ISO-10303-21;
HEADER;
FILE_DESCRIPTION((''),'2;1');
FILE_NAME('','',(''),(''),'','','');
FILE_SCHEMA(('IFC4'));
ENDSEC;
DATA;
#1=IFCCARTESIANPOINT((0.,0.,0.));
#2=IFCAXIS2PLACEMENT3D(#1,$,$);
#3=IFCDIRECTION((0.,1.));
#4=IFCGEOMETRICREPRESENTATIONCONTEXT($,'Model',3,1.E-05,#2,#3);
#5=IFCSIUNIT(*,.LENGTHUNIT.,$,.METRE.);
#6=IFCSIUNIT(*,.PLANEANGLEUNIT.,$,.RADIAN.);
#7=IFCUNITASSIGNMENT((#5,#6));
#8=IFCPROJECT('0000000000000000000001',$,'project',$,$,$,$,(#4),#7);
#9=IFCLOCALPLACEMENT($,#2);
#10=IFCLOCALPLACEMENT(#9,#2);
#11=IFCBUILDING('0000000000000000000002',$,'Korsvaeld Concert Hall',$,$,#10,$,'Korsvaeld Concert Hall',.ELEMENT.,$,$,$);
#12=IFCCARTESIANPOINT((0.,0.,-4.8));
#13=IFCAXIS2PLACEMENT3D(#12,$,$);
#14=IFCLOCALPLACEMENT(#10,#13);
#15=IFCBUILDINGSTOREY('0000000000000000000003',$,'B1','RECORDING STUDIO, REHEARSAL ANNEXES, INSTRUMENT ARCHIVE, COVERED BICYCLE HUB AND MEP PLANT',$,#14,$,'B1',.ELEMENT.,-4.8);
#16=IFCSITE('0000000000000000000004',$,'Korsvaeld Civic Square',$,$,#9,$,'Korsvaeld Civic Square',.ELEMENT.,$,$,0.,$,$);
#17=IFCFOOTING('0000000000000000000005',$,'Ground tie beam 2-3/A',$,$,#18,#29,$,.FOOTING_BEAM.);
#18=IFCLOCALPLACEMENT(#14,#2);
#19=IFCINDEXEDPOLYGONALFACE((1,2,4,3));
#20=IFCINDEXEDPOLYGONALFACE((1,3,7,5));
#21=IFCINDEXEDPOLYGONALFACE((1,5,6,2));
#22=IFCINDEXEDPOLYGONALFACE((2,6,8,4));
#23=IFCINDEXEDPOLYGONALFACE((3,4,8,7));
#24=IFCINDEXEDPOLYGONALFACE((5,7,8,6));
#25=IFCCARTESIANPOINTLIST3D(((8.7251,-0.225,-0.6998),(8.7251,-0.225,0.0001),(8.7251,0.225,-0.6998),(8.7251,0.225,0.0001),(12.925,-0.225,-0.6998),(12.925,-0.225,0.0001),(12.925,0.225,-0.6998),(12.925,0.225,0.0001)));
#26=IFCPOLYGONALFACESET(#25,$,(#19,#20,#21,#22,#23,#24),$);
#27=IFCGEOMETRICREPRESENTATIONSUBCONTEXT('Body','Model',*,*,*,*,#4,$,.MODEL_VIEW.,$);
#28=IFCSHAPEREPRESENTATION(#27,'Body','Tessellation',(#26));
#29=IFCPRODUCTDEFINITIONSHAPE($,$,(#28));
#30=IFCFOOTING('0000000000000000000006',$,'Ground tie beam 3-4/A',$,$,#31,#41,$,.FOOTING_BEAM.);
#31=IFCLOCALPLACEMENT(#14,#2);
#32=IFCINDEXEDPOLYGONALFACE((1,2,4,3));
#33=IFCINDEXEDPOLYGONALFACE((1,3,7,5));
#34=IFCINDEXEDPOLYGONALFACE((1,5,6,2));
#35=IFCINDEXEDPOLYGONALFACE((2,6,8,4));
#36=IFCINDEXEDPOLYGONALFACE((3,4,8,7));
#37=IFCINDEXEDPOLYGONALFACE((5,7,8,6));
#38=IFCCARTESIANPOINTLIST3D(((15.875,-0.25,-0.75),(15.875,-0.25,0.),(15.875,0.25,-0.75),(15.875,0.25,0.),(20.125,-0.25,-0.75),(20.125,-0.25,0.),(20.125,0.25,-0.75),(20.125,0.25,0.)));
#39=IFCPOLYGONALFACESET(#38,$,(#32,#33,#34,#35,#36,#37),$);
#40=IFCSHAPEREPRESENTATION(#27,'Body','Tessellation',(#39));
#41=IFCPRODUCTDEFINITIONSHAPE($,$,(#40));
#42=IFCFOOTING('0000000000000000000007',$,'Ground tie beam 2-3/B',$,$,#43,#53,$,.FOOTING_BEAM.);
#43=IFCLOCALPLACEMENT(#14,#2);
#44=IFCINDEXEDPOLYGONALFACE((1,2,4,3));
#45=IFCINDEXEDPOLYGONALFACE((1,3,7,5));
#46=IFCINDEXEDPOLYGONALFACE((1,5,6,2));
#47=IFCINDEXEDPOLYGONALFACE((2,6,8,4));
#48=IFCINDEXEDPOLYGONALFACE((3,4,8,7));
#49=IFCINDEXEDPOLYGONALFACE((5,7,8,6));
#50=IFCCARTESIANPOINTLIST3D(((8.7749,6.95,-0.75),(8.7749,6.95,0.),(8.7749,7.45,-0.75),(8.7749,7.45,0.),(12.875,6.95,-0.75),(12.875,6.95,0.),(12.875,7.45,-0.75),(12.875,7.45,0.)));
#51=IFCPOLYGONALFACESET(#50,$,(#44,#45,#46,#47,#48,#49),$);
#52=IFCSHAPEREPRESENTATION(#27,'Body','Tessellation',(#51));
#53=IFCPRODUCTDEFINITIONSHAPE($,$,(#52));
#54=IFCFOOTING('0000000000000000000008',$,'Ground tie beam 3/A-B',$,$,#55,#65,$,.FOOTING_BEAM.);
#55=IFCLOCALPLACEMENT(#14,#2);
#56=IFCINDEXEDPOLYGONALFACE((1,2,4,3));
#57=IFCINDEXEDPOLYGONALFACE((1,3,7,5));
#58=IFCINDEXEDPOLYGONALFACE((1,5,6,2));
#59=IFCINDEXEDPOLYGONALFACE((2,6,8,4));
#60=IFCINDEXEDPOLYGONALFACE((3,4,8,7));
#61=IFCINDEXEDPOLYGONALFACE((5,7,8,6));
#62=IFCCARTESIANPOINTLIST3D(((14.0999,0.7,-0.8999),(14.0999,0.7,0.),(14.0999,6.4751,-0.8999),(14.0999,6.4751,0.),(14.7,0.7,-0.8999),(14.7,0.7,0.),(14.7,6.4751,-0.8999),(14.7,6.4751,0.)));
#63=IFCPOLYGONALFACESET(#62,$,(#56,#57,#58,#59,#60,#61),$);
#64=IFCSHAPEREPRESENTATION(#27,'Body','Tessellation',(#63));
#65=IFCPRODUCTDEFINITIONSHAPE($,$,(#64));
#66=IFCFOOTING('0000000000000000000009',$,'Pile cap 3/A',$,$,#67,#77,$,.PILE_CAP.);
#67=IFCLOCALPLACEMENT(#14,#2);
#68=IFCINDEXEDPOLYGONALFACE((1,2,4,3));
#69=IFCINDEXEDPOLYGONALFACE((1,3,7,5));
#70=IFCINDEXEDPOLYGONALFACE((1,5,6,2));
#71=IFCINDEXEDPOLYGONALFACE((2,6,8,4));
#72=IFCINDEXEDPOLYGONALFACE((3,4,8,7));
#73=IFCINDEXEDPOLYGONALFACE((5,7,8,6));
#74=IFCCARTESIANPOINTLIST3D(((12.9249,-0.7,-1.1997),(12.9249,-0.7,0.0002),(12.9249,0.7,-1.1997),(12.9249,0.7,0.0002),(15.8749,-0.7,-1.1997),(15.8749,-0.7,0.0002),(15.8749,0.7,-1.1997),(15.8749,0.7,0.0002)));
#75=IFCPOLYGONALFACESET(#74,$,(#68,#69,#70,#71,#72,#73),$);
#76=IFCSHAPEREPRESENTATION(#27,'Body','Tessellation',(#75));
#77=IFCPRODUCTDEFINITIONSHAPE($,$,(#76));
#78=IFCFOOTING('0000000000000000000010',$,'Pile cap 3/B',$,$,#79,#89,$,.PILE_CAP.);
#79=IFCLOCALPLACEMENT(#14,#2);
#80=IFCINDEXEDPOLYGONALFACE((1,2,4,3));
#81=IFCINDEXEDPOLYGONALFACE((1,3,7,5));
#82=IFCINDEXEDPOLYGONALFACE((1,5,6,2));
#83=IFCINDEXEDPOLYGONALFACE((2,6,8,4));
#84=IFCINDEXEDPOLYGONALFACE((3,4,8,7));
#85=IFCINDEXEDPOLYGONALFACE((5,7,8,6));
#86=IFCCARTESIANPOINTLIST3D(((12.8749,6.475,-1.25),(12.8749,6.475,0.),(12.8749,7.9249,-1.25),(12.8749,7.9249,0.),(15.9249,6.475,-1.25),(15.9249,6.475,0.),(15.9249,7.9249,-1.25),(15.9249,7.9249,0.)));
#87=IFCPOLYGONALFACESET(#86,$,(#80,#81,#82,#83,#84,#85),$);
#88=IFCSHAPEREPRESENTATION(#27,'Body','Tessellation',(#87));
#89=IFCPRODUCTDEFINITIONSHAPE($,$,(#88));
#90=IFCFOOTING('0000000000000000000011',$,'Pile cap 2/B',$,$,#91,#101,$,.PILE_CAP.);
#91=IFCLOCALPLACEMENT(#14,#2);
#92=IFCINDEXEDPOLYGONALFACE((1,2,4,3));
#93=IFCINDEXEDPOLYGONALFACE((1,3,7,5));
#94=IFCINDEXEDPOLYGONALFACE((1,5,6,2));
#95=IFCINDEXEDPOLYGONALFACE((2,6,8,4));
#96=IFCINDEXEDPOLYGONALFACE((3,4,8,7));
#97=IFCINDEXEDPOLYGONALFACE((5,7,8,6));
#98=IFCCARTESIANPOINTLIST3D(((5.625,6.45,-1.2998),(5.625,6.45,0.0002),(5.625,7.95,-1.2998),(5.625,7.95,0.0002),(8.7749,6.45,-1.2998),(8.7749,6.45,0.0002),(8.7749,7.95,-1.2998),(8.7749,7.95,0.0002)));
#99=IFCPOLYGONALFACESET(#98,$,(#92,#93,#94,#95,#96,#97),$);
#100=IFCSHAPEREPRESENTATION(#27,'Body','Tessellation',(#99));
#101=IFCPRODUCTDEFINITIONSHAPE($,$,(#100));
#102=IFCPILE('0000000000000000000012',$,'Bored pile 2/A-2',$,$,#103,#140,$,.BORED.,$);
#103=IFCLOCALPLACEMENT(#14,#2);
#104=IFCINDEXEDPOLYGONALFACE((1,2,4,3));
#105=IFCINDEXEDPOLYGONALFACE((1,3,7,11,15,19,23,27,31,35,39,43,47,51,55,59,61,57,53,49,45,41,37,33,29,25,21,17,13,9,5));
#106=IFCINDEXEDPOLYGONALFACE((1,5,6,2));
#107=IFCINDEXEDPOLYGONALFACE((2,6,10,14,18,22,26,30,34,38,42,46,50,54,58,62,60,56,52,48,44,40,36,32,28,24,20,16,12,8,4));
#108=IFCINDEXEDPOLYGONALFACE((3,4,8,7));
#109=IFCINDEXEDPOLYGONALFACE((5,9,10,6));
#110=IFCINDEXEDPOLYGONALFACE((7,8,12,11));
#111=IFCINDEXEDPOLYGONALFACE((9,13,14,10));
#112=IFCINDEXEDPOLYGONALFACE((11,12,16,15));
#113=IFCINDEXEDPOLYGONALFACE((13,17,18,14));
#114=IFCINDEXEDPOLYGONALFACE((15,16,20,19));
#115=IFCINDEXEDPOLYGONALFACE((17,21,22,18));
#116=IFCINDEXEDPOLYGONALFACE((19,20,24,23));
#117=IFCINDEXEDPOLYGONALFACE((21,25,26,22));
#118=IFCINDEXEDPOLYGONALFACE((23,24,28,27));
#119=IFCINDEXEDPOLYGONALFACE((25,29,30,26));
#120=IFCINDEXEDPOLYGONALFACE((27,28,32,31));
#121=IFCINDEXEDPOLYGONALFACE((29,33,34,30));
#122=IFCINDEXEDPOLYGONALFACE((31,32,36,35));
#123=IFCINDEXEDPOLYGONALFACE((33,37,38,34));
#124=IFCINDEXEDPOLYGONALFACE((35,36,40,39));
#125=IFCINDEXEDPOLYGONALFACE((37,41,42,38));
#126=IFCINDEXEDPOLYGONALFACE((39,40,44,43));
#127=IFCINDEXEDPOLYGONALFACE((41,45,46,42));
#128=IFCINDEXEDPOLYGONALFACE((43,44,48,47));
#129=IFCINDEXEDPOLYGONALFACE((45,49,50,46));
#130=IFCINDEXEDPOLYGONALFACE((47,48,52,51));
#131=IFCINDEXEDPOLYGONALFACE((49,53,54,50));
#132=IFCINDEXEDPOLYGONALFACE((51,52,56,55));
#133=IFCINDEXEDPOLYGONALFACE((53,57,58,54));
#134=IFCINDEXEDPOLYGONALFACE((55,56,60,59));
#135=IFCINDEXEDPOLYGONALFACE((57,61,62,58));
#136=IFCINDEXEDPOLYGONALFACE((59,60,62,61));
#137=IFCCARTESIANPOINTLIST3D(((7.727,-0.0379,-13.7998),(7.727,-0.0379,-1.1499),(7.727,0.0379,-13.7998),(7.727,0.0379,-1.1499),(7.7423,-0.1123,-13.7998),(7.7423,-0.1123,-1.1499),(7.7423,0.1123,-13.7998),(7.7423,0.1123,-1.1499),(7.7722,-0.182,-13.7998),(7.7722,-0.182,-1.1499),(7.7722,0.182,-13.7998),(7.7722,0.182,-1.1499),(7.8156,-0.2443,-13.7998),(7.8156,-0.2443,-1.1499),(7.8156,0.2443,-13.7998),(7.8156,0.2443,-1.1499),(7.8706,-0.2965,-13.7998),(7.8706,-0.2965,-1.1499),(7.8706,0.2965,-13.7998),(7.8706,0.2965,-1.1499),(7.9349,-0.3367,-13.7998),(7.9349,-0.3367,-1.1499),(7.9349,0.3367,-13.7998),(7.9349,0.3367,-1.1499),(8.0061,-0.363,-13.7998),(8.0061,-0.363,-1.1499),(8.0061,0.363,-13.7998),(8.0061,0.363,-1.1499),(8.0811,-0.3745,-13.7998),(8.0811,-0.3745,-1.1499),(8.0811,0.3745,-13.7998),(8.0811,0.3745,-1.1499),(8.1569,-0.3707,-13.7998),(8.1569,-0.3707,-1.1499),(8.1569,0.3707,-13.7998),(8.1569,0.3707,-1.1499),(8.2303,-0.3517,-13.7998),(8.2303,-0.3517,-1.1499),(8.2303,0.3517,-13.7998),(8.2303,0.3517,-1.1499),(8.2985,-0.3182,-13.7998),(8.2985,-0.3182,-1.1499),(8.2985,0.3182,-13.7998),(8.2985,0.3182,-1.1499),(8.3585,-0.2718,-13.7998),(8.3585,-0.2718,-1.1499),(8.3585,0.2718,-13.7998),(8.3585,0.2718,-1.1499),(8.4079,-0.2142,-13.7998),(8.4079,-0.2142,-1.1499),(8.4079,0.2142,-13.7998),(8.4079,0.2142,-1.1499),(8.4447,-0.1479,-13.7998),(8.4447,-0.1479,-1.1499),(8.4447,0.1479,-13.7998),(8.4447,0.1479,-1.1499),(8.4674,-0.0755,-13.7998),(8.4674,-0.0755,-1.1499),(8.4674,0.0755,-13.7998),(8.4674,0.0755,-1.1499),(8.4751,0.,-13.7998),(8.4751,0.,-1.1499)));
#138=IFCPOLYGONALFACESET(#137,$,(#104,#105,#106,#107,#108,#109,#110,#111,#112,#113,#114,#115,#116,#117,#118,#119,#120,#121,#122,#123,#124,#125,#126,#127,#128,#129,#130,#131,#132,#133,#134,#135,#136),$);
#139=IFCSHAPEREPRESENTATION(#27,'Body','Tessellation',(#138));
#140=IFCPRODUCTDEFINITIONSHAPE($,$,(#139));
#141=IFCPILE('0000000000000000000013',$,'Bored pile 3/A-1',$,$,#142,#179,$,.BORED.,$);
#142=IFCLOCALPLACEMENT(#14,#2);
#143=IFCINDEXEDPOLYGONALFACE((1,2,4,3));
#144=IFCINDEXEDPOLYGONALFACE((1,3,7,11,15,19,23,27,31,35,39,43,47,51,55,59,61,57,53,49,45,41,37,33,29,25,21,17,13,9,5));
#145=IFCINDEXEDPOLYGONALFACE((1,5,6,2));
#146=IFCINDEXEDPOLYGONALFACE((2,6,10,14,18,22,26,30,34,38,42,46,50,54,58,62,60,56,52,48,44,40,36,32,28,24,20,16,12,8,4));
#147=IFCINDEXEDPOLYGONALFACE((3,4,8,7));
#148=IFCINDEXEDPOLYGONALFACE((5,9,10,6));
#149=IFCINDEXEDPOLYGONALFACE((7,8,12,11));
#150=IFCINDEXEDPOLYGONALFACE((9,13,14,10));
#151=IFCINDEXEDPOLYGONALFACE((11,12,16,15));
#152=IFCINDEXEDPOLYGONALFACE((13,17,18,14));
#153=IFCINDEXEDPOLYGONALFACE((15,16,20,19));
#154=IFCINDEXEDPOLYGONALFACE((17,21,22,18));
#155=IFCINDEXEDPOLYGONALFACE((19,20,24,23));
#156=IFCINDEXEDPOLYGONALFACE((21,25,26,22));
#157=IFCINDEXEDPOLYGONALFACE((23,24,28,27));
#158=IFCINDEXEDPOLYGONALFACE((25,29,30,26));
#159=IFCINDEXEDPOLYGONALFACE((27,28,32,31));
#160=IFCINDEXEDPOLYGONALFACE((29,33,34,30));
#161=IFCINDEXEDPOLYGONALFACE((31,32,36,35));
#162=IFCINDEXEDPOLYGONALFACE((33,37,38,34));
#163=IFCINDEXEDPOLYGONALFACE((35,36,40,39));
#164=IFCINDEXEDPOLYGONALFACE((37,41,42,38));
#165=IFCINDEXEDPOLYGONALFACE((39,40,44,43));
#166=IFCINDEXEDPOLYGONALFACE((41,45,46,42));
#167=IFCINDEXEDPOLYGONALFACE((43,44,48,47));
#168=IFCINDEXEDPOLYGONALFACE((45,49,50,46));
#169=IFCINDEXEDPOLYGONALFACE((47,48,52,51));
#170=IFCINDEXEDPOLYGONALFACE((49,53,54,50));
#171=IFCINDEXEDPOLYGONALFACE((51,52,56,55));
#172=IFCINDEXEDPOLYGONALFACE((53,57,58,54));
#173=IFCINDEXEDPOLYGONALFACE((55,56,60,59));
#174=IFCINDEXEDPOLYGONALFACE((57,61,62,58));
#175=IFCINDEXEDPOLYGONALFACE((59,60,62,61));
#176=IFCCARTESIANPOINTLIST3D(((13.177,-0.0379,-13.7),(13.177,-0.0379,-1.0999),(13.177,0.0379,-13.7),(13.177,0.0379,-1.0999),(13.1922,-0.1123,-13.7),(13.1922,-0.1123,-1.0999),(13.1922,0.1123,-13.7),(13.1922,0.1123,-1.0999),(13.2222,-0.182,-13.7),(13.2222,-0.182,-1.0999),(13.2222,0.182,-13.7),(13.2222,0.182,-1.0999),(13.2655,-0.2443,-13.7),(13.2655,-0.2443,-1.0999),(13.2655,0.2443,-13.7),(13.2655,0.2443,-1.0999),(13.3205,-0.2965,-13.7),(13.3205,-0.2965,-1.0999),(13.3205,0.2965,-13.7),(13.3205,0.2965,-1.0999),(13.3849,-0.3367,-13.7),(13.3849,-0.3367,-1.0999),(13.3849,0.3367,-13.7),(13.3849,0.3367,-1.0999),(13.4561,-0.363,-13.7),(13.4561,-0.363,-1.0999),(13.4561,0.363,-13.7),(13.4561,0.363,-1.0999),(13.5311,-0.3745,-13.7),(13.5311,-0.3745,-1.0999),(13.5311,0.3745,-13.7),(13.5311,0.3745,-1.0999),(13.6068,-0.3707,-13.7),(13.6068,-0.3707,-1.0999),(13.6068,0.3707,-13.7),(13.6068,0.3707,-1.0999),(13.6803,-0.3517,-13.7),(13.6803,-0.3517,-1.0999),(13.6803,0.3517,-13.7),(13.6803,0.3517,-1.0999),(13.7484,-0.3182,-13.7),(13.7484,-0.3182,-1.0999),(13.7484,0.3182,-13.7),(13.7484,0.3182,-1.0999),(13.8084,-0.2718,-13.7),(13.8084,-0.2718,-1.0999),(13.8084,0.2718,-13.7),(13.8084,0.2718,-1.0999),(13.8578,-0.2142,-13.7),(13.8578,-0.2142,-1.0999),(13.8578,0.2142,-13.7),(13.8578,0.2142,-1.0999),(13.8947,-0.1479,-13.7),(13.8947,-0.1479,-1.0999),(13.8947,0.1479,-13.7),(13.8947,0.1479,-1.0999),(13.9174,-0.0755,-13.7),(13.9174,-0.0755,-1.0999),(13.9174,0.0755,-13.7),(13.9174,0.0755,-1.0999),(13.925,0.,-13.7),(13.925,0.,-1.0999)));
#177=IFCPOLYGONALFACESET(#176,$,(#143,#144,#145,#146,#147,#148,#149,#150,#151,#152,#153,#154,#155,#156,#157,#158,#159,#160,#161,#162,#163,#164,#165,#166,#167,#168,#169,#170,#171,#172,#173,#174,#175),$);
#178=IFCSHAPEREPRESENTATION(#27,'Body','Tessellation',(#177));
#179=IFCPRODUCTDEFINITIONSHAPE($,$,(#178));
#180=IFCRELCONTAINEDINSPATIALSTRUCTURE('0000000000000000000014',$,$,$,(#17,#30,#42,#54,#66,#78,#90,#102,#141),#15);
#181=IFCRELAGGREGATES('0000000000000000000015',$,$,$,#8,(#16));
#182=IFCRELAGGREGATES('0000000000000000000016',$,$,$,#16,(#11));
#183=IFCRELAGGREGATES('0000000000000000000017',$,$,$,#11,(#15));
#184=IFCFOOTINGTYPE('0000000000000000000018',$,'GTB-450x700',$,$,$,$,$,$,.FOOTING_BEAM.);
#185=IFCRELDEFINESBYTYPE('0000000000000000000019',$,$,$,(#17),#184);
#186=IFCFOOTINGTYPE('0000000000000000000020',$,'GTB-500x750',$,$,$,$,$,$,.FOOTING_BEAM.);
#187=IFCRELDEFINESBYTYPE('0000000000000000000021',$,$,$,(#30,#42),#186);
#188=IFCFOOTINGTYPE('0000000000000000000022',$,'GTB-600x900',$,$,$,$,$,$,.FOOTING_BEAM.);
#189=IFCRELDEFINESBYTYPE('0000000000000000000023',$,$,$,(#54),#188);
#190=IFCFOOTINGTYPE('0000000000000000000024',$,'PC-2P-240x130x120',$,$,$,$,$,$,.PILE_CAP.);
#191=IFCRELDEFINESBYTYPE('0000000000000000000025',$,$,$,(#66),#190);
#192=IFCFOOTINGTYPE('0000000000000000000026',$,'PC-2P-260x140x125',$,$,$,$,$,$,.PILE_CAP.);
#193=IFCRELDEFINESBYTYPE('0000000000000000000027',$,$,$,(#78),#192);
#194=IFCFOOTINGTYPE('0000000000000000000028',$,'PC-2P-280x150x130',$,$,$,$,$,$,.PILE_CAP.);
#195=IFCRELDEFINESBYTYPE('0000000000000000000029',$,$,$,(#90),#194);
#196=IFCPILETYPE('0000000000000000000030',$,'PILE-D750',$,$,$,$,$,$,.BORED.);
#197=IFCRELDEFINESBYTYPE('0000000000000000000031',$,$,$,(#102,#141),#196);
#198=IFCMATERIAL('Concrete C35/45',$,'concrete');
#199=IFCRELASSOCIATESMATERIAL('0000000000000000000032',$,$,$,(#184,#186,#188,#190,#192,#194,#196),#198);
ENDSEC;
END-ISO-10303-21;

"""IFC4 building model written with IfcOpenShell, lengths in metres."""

from ifc_helpers import new_model, si_unit, direction, frame, origin, origin_2d, place, context, subcontext, project, spatial, rectangle, circle, extrude, material, material_profile, profile_set, type_object, element, save


model = new_model("IFC4")

# Units and contexts
model_context = context("Model", 3, precision=1e-05, world=origin(), true_north=direction((0.0, 1.0)))
body_context = subcontext(model_context, "Body", "Model", "MODEL_VIEW")
ifc_project = project(units=[si_unit("LENGTHUNIT", "METRE"), si_unit("PLANEANGLEUNIT", "RADIAN")], contexts=[model_context])

# Site, building, storey
site_placement = place(None, origin())
site = spatial("IfcSite", under=ifc_project, at=site_placement, Name="Korsvaeld Civic Square", LongName="Korsvaeld Civic Square", CompositionType="ELEMENT", RefElevation=0.0)
building_placement = place(site_placement, origin())
building = spatial("IfcBuilding", under=site, at=building_placement, Name="Korsvaeld Concert Hall", LongName="Korsvaeld Concert Hall", CompositionType="ELEMENT")
storey_placement = place(building_placement, frame((0.0, 0.0, -4.8)))
storey = spatial("IfcBuildingStorey", under=building, at=storey_placement, Name="B1", Description="RECORDING STUDIO, REHEARSAL ANNEXES, INSTRUMENT ARCHIVE, COVERED BICYCLE HUB AND MEP PLANT", LongName="B1", CompositionType="ELEMENT", Elevation=-4.8)

# Footings
ifc_material_1 = material(Name="Concrete C35/45", Category="concrete")
ifc_material_profile_1 = material_profile(ifc_material_1, rectangle(XDim=0.45, YDim=0.7, at=origin_2d()), Name="GTB 450x700")
ifc_profile_set_1 = profile_set([ifc_material_profile_1], Name="Concrete C35/45")
footing_type_1 = type_object("IfcFootingType", Name="GTB-450x700", PredefinedType="FOOTING_BEAM", material=ifc_profile_set_1)
footing_1_placement = place(storey_placement, frame((8.7251, 0.0, -0.3499), z_axis=(1.0, 0.0, 0.0), x_axis=(0.0, 1.0, 0.0)))
element("IfcFooting", 1, at=footing_1_placement, inside=storey, type_object=footing_type_1, Name="Ground tie beam 2-3/A", PredefinedType="FOOTING_BEAM", context=body_context, shape_type="SweptSolid", body=[
    extrude(rectangle(XDim=0.45, YDim=0.7, at=origin_2d()), origin(), (0.0, 0.0, 1.0), 4.2),
])
ifc_material_profile_2 = material_profile(ifc_material_1, rectangle(XDim=0.5, YDim=0.75, at=origin_2d()), Name="GTB 500x750")
ifc_profile_set_2 = profile_set([ifc_material_profile_2], Name="Concrete C35/45")
footing_type_2 = type_object("IfcFootingType", Name="GTB-500x750", PredefinedType="FOOTING_BEAM", material=ifc_profile_set_2)
footing_2_placement = place(storey_placement, frame((15.875, 0.0, -0.375), z_axis=(1.0, 0.0, 0.0), x_axis=(0.0, 1.0, 0.0)))
element("IfcFooting", 2, at=footing_2_placement, inside=storey, type_object=footing_type_2, Name="Ground tie beam 3-4/A", PredefinedType="FOOTING_BEAM", context=body_context, shape_type="SweptSolid", body=[
    extrude(rectangle(XDim=0.5, YDim=0.75, at=origin_2d()), origin(), (0.0, 0.0, 1.0), 4.25),
])
footing_3_placement = place(storey_placement, frame((8.7749, 7.2, -0.375), z_axis=(1.0, 0.0, 0.0), x_axis=(0.0, 1.0, 0.0)))
element("IfcFooting", 3, at=footing_3_placement, inside=storey, type_object=footing_type_2, Name="Ground tie beam 2-3/B", PredefinedType="FOOTING_BEAM", context=body_context, shape_type="SweptSolid", body=[
    extrude(rectangle(XDim=0.5, YDim=0.75, at=origin_2d()), origin(), (0.0, 0.0, 1.0), 4.1001),
])
ifc_material_profile_3 = material_profile(ifc_material_1, rectangle(XDim=0.6001, YDim=0.8999, at=origin_2d()), Name="GTB 600x900")
ifc_profile_set_3 = profile_set([ifc_material_profile_3], Name="Concrete C35/45")
footing_type_3 = type_object("IfcFootingType", Name="GTB-600x900", PredefinedType="FOOTING_BEAM", material=ifc_profile_set_3)
footing_4_placement = place(storey_placement, frame((14.3999, 0.7, -0.45), z_axis=(0.0, 1.0, 0.0), x_axis=(-1.0, 0.0, 0.0)))
element("IfcFooting", 4, at=footing_4_placement, inside=storey, type_object=footing_type_3, Name="Ground tie beam 3/A-B", PredefinedType="FOOTING_BEAM", context=body_context, shape_type="SweptSolid", body=[
    extrude(rectangle(XDim=0.6001, YDim=0.8999, at=origin_2d()), origin(), (0.0, 0.0, 1.0), 5.7751),
])
footing_type_4 = type_object("IfcFootingType", Name="PC-2P-240x130x120", PredefinedType="PILE_CAP", material=ifc_material_1)
footing_5_placement = place(storey_placement, frame((14.3999, 0.0, -1.1997), z_axis=(0.0, 0.0, 1.0), x_axis=(1.0, 0.0, 0.0)))
element("IfcFooting", 5, at=footing_5_placement, inside=storey, type_object=footing_type_4, Name="Pile cap 3/A", PredefinedType="PILE_CAP", context=body_context, shape_type="SweptSolid", body=[
    extrude(rectangle(XDim=2.95, YDim=1.3999, at=origin_2d()), origin(), (0.0, 0.0, 1.0), 1.2),
])
footing_type_5 = type_object("IfcFootingType", Name="PC-2P-260x140x125", PredefinedType="PILE_CAP", material=ifc_material_1)
footing_6_placement = place(storey_placement, frame((14.3999, 7.2, -1.25), z_axis=(0.0, 0.0, 1.0), x_axis=(1.0, 0.0, 0.0)))
element("IfcFooting", 6, at=footing_6_placement, inside=storey, type_object=footing_type_5, Name="Pile cap 3/B", PredefinedType="PILE_CAP", context=body_context, shape_type="SweptSolid", body=[
    extrude(rectangle(XDim=3.05, YDim=1.45, at=origin_2d()), origin(), (0.0, 0.0, 1.0), 1.25),
])
footing_type_6 = type_object("IfcFootingType", Name="PC-2P-280x150x130", PredefinedType="PILE_CAP", material=ifc_material_1)
footing_7_placement = place(storey_placement, frame((7.2, 7.2, -1.2998), z_axis=(0.0, 0.0, 1.0), x_axis=(1.0, 0.0, 0.0)))
element("IfcFooting", 7, at=footing_7_placement, inside=storey, type_object=footing_type_6, Name="Pile cap 2/B", PredefinedType="PILE_CAP", context=body_context, shape_type="SweptSolid", body=[
    extrude(rectangle(XDim=3.1499, YDim=1.5, at=origin_2d()), origin(), (0.0, 0.0, 1.0), 1.3),
])

# Piles
ifc_material_profile_4 = material_profile(ifc_material_1, circle(Radius=0.375, at=origin_2d()), Name="BORED PILE D750")
ifc_profile_set_4 = profile_set([ifc_material_profile_4], Name="Concrete C35/45")
pile_type_1 = type_object("IfcPileType", Name="PILE-D750", PredefinedType="BORED", material=ifc_profile_set_4)
pile_1_placement = place(storey_placement, frame((8.1001, 0.0, -1.1499), z_axis=(0.0, 0.0, -1.0), x_axis=(1.0, 0.0, 0.0)))
element("IfcPile", 8, at=pile_1_placement, inside=storey, type_object=pile_type_1, Name="Bored pile 2/A-2", PredefinedType="BORED", context=body_context, shape_type="SweptSolid", body=[
    extrude(circle(Radius=0.375, at=origin_2d()), origin(), (0.0, 0.0, 1.0), 12.6499),
])
for number, where, z_axis, x_axis, name in (
    (9, (13.55, 0.0, -1.0999), (0.0, 0.0, -1.0), (1.0, 0.0, 0.0), "Bored pile 3/A-1"),
):
    element("IfcPile", number, at=place(storey_placement, frame(where, z_axis=z_axis, x_axis=x_axis)), inside=storey, type_object=pile_type_1, Name=name, PredefinedType="BORED", context=body_context, shape_type="SweptSolid", body=[
        extrude(circle(Radius=0.375, at=origin_2d()), origin(), (0.0, 0.0, 1.0), 12.6001),
    ])

save(model, "model.ifc")
